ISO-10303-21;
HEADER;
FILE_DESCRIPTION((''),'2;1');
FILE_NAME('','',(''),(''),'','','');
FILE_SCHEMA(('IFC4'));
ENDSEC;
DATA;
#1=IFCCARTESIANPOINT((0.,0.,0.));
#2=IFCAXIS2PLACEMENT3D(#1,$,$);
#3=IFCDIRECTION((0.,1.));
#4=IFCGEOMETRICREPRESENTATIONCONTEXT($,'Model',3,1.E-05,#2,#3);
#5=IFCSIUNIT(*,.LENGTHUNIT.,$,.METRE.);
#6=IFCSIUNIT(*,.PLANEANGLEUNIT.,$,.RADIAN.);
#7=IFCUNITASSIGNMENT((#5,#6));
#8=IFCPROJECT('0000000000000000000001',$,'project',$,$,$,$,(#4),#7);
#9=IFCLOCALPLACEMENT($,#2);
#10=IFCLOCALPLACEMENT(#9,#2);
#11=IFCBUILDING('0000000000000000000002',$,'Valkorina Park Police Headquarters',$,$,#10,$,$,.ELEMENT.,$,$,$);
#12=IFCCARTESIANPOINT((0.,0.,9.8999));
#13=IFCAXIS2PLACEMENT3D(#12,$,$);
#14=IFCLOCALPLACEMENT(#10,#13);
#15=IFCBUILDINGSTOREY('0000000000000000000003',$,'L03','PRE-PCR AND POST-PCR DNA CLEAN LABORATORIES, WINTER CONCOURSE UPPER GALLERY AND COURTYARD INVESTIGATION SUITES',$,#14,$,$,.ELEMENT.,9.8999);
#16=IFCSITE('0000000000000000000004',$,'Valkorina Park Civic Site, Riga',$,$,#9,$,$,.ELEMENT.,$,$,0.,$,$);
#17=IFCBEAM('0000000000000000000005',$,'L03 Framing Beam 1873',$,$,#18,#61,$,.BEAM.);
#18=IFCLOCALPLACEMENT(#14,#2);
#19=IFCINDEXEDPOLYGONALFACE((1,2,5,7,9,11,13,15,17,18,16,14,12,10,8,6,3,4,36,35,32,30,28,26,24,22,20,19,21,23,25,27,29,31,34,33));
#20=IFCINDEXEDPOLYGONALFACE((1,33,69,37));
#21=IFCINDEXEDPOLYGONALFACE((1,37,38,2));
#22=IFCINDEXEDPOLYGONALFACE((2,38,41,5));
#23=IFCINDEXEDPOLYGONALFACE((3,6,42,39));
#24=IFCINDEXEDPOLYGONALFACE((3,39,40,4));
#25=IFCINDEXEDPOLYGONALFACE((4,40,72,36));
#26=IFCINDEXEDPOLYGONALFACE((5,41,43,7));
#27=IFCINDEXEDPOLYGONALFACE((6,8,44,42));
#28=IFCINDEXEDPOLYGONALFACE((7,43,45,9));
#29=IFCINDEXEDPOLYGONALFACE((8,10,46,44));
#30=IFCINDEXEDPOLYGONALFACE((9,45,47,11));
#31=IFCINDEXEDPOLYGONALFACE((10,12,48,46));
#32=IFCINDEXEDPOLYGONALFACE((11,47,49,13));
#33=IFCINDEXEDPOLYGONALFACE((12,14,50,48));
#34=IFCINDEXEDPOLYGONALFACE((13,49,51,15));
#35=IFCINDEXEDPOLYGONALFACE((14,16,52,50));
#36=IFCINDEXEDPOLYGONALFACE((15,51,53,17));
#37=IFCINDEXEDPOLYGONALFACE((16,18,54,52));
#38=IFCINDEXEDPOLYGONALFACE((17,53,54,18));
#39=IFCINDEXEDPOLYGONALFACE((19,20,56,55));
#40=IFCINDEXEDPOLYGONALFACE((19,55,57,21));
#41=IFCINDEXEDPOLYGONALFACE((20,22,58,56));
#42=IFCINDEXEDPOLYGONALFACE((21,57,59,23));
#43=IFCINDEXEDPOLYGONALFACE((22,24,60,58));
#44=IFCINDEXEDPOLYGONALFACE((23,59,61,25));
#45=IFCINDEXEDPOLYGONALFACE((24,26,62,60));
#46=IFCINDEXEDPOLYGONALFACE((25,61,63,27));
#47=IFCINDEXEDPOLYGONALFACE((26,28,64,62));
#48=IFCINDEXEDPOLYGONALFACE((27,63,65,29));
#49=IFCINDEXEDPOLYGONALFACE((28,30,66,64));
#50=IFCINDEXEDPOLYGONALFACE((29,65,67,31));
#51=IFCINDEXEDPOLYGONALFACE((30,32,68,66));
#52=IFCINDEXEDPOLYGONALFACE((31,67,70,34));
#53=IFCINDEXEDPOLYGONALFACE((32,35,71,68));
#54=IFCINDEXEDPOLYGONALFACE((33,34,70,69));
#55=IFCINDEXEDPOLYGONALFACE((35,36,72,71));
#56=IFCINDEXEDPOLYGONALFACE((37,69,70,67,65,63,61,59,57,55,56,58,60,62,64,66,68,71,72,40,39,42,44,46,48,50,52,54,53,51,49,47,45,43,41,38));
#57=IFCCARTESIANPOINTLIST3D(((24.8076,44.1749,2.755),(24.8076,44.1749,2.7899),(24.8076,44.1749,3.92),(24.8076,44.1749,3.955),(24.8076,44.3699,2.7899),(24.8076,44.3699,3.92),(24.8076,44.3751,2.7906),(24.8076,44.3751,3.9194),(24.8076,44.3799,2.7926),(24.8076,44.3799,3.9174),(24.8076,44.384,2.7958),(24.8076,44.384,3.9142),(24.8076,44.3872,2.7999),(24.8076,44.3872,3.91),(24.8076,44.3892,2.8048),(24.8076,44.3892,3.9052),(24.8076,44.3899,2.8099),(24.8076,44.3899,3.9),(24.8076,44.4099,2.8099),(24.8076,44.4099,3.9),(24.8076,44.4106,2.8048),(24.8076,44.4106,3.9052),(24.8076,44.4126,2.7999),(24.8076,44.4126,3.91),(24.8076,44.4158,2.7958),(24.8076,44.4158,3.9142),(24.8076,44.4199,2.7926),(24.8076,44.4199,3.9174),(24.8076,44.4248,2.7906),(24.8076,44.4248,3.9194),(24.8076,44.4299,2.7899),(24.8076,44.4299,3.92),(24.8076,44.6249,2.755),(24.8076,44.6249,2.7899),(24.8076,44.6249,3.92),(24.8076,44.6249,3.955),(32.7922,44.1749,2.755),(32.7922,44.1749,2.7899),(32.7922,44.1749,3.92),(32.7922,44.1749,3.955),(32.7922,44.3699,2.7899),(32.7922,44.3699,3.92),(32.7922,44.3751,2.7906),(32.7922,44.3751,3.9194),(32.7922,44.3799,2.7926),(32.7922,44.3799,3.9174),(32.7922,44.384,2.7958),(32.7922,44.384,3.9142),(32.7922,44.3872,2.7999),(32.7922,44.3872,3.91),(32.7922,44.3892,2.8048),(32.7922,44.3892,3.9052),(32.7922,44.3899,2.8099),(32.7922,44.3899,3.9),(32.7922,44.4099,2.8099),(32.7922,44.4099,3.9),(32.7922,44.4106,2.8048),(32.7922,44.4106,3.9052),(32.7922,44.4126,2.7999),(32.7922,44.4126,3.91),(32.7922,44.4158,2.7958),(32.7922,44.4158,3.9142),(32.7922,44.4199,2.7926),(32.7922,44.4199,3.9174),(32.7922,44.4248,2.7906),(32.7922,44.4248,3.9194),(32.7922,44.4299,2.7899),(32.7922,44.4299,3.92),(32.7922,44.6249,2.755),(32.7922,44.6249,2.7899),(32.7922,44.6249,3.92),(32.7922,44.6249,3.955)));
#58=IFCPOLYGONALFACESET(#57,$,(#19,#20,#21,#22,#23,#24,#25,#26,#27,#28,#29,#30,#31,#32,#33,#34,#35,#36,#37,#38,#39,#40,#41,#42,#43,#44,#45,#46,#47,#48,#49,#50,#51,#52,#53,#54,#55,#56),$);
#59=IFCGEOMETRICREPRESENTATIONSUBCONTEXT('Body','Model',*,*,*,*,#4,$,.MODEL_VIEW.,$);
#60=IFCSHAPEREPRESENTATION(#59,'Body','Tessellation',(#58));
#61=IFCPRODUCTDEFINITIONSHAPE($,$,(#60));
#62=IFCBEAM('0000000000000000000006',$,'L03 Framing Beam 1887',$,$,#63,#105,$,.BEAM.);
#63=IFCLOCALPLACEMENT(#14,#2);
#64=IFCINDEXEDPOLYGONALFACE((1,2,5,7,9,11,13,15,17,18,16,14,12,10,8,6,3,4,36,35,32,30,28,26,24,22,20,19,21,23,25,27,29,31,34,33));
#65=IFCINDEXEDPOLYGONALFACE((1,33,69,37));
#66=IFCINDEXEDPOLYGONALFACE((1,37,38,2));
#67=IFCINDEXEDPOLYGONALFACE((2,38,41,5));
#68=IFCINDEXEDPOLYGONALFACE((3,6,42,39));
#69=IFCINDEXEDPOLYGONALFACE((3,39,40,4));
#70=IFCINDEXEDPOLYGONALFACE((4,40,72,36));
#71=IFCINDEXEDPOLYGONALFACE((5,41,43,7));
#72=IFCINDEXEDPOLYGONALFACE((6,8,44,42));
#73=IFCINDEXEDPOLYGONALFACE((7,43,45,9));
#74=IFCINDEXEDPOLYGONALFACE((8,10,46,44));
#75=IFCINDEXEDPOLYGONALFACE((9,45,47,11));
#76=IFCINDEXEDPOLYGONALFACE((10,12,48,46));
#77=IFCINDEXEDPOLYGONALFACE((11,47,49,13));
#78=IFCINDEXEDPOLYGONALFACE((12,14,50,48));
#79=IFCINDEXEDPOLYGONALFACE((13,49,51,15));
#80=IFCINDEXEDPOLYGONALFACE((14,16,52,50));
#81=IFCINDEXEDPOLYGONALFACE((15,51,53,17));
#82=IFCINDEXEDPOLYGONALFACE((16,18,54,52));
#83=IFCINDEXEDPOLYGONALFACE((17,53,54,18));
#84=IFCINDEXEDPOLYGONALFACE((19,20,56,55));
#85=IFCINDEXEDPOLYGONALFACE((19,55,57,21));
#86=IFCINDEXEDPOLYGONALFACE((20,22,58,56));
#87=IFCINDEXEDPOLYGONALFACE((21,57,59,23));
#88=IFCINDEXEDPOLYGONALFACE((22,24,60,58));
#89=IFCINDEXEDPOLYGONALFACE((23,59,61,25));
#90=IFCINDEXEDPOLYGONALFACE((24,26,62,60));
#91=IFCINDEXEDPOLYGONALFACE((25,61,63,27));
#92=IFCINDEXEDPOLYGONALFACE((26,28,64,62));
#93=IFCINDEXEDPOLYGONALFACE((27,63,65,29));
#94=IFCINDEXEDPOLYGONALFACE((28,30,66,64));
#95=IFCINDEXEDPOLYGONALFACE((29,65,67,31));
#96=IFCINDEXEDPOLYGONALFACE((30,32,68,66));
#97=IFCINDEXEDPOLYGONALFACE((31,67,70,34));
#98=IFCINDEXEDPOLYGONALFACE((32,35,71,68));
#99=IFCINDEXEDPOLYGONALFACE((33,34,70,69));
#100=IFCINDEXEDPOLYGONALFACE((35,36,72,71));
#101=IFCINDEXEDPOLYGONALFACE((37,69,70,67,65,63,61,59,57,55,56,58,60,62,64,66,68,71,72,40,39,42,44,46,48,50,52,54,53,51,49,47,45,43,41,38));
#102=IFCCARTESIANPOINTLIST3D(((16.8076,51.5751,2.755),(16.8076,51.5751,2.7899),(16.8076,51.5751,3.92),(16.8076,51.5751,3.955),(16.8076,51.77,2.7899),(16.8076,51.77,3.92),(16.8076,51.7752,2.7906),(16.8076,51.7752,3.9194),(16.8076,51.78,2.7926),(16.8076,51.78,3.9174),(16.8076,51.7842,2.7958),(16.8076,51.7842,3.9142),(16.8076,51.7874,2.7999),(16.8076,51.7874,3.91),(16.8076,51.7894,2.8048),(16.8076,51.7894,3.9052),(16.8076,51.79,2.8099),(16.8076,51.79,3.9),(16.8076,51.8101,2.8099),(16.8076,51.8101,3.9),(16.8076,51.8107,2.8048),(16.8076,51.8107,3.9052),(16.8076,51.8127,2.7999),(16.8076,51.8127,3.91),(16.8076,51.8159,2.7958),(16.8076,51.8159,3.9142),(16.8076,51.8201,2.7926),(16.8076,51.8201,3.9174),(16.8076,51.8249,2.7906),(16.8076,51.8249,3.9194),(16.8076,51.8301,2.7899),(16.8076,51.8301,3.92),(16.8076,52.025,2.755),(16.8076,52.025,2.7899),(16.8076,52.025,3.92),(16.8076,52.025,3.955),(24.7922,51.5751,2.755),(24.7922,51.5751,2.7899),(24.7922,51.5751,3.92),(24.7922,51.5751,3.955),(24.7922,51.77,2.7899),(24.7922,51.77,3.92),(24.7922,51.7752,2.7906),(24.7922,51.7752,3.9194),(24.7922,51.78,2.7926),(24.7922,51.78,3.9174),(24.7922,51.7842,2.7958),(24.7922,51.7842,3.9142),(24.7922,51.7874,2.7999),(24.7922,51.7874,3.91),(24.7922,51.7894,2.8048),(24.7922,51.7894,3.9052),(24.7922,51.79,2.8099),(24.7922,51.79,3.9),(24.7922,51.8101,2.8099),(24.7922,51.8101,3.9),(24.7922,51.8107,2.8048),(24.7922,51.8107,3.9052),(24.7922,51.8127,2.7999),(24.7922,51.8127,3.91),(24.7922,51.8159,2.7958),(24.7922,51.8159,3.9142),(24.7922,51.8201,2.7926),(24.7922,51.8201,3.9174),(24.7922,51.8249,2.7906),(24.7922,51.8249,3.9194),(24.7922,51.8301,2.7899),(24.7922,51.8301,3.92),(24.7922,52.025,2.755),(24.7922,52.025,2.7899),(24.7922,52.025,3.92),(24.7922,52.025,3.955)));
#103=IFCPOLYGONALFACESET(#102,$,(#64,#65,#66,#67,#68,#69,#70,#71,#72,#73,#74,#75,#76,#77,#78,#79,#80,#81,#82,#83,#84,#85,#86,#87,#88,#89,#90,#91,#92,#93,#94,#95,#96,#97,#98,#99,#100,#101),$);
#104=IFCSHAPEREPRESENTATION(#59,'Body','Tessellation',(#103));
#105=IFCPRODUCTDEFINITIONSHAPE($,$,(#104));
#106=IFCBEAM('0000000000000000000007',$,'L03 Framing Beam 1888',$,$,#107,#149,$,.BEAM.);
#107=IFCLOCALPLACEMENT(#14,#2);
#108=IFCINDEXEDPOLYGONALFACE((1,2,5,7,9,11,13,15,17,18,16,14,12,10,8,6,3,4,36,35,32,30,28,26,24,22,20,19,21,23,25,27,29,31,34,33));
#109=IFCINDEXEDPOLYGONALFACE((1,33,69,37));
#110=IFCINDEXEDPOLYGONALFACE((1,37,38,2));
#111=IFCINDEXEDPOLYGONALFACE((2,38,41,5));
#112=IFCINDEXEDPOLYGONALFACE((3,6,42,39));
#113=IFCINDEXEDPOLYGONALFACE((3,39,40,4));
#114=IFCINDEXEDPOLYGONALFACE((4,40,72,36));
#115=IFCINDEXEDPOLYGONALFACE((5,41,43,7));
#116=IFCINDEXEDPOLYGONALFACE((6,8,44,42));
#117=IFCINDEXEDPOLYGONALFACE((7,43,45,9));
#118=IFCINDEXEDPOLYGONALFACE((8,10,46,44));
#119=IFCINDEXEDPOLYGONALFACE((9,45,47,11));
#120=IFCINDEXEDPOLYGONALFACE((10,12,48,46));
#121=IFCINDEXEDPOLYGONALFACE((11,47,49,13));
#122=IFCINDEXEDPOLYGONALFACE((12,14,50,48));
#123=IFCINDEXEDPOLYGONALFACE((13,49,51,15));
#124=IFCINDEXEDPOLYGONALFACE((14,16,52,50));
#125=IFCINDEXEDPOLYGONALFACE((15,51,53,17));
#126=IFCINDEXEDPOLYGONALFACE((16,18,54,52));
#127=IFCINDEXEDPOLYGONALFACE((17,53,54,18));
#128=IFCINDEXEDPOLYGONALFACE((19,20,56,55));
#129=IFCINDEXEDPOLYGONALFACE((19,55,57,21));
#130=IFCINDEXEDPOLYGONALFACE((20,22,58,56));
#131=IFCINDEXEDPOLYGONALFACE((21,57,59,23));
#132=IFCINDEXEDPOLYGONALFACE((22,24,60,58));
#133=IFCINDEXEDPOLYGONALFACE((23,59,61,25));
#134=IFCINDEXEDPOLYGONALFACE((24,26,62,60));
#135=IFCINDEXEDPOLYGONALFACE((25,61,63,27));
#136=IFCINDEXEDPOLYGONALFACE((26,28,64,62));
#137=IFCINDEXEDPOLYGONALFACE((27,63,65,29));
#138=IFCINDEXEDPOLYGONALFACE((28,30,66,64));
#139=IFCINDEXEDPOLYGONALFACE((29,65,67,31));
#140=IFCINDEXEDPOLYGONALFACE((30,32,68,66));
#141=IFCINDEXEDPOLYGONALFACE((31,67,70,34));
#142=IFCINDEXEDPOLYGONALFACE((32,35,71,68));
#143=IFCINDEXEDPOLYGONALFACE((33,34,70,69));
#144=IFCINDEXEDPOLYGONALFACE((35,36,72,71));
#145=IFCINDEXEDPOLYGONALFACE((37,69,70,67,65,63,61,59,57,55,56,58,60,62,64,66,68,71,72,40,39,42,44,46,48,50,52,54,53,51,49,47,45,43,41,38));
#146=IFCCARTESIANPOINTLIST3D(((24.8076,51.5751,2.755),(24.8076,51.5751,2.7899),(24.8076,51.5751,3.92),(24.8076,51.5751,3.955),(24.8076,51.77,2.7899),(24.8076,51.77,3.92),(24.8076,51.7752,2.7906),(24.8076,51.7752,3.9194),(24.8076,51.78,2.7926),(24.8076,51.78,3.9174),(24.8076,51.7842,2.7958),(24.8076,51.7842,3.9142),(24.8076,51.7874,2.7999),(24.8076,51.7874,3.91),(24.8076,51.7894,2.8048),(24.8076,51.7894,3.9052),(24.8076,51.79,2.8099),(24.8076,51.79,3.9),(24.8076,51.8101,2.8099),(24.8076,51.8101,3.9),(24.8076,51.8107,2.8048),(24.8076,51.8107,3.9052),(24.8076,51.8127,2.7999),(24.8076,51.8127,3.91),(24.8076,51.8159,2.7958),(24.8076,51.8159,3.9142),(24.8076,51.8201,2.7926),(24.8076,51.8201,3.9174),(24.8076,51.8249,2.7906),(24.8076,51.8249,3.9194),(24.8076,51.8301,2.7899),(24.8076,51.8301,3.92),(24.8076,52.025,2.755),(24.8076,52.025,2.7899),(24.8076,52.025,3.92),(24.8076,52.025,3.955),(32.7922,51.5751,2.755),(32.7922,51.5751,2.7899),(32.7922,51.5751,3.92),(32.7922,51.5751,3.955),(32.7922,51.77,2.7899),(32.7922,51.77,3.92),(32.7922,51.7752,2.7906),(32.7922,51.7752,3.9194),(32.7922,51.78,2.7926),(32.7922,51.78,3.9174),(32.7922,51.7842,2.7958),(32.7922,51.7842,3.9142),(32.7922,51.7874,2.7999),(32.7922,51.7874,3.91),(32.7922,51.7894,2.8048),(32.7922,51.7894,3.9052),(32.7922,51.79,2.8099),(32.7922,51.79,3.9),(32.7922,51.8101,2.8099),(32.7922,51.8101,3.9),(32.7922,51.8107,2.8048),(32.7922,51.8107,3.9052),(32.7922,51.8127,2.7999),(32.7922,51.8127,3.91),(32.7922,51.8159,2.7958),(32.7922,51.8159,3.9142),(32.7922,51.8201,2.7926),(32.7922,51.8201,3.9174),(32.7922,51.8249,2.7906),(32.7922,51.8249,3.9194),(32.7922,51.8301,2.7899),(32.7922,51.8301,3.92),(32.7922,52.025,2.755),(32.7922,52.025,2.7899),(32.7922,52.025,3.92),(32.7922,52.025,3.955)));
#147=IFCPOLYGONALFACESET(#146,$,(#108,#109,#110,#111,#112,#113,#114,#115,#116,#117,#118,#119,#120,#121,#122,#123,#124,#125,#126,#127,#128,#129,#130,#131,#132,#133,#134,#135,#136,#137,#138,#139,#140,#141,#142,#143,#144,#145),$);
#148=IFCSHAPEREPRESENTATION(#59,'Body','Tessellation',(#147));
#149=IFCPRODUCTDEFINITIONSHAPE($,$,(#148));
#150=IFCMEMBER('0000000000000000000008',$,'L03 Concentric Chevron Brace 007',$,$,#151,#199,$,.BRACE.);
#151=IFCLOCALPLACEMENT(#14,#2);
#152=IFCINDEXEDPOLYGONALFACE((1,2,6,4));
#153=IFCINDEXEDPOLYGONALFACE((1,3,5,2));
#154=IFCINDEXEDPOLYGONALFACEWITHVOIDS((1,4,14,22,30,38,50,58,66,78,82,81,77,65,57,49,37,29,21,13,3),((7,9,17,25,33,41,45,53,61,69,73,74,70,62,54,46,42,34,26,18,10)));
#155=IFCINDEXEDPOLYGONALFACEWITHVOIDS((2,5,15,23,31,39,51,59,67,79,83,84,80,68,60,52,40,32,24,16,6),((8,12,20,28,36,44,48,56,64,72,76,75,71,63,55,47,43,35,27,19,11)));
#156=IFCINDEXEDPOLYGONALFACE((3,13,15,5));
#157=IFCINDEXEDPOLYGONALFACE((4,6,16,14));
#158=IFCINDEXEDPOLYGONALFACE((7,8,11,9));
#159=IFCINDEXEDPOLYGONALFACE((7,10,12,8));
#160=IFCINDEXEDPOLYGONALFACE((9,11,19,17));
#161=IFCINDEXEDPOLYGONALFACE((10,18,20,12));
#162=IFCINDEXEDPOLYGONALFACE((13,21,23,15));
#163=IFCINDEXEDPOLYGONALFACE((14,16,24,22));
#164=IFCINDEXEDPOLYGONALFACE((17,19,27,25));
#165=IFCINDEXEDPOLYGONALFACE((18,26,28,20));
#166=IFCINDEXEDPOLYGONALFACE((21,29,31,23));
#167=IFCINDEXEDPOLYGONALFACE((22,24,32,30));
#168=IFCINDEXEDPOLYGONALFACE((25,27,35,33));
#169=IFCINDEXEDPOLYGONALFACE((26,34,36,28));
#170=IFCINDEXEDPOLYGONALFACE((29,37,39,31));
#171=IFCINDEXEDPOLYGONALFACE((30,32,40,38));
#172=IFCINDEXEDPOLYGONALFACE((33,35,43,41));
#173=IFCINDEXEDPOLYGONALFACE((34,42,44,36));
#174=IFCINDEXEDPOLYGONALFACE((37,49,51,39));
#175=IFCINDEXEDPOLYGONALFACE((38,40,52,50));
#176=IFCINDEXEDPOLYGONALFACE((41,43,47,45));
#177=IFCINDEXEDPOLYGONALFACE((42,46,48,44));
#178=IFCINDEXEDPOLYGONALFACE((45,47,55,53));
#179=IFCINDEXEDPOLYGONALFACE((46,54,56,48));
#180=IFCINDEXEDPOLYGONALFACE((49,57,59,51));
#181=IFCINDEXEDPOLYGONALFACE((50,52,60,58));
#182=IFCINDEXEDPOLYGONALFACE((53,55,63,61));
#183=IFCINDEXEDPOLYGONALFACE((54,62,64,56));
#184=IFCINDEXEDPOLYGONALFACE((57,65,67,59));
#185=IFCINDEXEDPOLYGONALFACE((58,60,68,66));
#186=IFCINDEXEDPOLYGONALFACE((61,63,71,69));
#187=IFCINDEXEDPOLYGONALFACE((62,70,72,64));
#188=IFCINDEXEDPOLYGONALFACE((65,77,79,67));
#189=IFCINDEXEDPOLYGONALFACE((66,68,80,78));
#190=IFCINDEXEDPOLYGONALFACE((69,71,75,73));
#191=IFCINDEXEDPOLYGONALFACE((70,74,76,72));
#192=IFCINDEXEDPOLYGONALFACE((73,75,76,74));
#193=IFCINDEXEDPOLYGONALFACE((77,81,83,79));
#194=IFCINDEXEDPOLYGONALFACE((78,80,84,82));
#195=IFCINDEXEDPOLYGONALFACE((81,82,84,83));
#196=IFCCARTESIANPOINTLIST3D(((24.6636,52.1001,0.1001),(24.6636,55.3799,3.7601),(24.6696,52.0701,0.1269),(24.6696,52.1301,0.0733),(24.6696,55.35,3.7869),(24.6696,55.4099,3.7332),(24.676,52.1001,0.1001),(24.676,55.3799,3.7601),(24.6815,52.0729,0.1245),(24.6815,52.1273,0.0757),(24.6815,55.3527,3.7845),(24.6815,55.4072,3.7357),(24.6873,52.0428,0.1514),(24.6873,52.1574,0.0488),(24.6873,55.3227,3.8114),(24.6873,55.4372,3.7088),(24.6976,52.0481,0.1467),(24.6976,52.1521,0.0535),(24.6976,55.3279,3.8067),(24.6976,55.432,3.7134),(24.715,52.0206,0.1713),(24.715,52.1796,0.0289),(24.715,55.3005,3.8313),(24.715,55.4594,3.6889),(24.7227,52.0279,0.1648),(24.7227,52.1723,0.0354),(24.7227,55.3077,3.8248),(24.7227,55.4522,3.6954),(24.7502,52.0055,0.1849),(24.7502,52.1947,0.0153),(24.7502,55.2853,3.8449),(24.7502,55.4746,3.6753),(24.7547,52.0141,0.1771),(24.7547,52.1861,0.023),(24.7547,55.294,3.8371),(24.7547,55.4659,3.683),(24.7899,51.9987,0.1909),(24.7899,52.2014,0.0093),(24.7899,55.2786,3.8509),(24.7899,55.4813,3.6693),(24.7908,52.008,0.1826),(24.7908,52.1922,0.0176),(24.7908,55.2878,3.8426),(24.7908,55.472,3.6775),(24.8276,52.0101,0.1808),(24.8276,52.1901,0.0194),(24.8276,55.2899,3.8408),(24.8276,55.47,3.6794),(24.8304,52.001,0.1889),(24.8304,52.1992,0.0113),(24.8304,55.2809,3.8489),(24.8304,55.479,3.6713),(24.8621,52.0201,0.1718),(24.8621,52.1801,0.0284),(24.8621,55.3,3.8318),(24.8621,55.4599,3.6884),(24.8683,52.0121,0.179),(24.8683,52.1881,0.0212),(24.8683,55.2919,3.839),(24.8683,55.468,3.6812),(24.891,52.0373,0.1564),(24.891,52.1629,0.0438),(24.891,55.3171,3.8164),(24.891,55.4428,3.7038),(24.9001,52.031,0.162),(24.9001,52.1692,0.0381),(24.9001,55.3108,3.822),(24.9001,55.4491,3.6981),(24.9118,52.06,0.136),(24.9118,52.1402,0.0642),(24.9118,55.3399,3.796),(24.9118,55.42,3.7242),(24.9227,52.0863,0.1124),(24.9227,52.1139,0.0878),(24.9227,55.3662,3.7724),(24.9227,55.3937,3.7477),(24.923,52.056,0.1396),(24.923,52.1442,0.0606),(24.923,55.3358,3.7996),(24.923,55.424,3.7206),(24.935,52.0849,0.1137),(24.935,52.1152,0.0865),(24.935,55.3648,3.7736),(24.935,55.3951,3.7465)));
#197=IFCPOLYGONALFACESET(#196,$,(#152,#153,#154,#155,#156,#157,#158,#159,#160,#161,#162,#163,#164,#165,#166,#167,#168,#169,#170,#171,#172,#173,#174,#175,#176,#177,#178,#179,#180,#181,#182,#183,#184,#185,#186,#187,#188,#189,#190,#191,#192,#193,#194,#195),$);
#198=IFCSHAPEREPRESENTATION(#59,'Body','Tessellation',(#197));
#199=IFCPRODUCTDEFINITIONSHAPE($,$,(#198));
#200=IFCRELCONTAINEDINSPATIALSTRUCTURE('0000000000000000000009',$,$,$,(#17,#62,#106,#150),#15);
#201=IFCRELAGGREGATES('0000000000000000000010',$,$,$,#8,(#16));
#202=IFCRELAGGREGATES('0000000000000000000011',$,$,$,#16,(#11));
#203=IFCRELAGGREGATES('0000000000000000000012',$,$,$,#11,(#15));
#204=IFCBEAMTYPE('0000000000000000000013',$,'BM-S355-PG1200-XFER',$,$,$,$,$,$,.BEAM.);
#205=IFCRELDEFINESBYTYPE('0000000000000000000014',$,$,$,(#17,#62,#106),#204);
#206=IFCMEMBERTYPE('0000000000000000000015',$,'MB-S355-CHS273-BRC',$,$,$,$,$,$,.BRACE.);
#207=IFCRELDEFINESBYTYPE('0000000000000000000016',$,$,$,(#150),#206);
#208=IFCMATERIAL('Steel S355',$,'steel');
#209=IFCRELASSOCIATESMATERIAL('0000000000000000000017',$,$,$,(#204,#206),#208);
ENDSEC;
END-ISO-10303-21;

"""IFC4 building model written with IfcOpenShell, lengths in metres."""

from ifc_helpers import new_model, si_unit, direction, frame, origin, origin_2d, place, context, subcontext, project, spatial, hollow_circle, i_section, extrude, material, material_profile, profile_set, type_object, element, save


model = new_model("IFC4")

# Units and contexts
model_context = context("Model", 3, precision=1e-05, world=origin(), true_north=direction((0.0, 1.0)))
body_context = subcontext(model_context, "Body", "Model", "MODEL_VIEW")
ifc_project = project(units=[si_unit("LENGTHUNIT", "METRE"), si_unit("PLANEANGLEUNIT", "RADIAN")], contexts=[model_context])

# Site, building, storey
site_placement = place(None, origin())
site = spatial("IfcSite", under=ifc_project, at=site_placement, Name="Valkorina Park Civic Site, Riga", CompositionType="ELEMENT", RefElevation=0.0)
building_placement = place(site_placement, origin())
building = spatial("IfcBuilding", under=site, at=building_placement, Name="Valkorina Park Police Headquarters", CompositionType="ELEMENT")
storey_placement = place(building_placement, frame((0.0, 0.0, 9.8999)))
storey = spatial("IfcBuildingStorey", under=building, at=storey_placement, Name="L03", Description="PRE-PCR AND POST-PCR DNA CLEAN LABORATORIES, WINTER CONCOURSE UPPER GALLERY AND COURTYARD INVESTIGATION SUITES", CompositionType="ELEMENT", Elevation=9.8999)

# Shared definitions
ifc_material_1 = material(Name="Steel S355", Category="steel")

# Beams
ifc_material_profile_1 = material_profile(ifc_material_1, i_section(OverallWidth=0.45, OverallDepth=1.2, WebThickness=0.02, FlangeThickness=0.0349, FilletRadius=0.02, at=origin_2d()), Name="PG 1200x450")
ifc_profile_set_1 = profile_set([ifc_material_profile_1], Name="Steel S355")
beam_type_1 = type_object("IfcBeamType", Name="BM-S355-PG1200-XFER", PredefinedType="BEAM", material=ifc_profile_set_1)
for number, where, z_axis, x_axis, name in (
    (1, (24.8076, 44.3999, 3.355), (1.0, 0.0, 0.0), (0.0, 1.0, 0.0), "L03 Framing Beam 1873"),
    (2, (16.8076, 51.8, 3.355), (1.0, 0.0, 0.0), (0.0, 1.0, 0.0), "L03 Framing Beam 1887"),
    (3, (24.8076, 51.8, 3.355), (1.0, 0.0, 0.0), (0.0, 1.0, 0.0), "L03 Framing Beam 1888"),
):
    element("IfcBeam", number, at=place(storey_placement, frame(where, z_axis=z_axis, x_axis=x_axis)), inside=storey, type_object=beam_type_1, Name=name, PredefinedType="BEAM", context=body_context, shape_type="SweptSolid", body=[
        extrude(i_section(OverallWidth=0.45, OverallDepth=1.2, WebThickness=0.02, FlangeThickness=0.0349, FilletRadius=0.02, at=origin_2d()), origin(), (0.0, 0.0, 1.0), 7.9846),
    ])

# Member
ifc_material_profile_2 = material_profile(ifc_material_1, hollow_circle(Radius=0.1365, WallThickness=0.0125, at=origin_2d()), Name="CHS 273x12.5")
ifc_profile_set_2 = profile_set([ifc_material_profile_2], Name="Steel S355")
member_type = type_object("IfcMemberType", Name="MB-S355-CHS273-BRC", PredefinedType="BRACE", material=ifc_profile_set_2)
member_placement = place(storey_placement, frame((24.8, 52.1001, 0.1001), z_axis=(0.0, 0.667374, 0.744723), x_axis=(-1.0, 0.0, 0.0)))
element("IfcMember", 4, at=member_placement, inside=storey, type_object=member_type, Name="L03 Concentric Chevron Brace 007", PredefinedType="BRACE", context=body_context, shape_type="SweptSolid", body=[
    extrude(hollow_circle(Radius=0.1365, WallThickness=0.0125, at=origin_2d()), origin(), (0.0, 0.0, 1.0), 4.9146),
])

save(model, "model.ifc")
